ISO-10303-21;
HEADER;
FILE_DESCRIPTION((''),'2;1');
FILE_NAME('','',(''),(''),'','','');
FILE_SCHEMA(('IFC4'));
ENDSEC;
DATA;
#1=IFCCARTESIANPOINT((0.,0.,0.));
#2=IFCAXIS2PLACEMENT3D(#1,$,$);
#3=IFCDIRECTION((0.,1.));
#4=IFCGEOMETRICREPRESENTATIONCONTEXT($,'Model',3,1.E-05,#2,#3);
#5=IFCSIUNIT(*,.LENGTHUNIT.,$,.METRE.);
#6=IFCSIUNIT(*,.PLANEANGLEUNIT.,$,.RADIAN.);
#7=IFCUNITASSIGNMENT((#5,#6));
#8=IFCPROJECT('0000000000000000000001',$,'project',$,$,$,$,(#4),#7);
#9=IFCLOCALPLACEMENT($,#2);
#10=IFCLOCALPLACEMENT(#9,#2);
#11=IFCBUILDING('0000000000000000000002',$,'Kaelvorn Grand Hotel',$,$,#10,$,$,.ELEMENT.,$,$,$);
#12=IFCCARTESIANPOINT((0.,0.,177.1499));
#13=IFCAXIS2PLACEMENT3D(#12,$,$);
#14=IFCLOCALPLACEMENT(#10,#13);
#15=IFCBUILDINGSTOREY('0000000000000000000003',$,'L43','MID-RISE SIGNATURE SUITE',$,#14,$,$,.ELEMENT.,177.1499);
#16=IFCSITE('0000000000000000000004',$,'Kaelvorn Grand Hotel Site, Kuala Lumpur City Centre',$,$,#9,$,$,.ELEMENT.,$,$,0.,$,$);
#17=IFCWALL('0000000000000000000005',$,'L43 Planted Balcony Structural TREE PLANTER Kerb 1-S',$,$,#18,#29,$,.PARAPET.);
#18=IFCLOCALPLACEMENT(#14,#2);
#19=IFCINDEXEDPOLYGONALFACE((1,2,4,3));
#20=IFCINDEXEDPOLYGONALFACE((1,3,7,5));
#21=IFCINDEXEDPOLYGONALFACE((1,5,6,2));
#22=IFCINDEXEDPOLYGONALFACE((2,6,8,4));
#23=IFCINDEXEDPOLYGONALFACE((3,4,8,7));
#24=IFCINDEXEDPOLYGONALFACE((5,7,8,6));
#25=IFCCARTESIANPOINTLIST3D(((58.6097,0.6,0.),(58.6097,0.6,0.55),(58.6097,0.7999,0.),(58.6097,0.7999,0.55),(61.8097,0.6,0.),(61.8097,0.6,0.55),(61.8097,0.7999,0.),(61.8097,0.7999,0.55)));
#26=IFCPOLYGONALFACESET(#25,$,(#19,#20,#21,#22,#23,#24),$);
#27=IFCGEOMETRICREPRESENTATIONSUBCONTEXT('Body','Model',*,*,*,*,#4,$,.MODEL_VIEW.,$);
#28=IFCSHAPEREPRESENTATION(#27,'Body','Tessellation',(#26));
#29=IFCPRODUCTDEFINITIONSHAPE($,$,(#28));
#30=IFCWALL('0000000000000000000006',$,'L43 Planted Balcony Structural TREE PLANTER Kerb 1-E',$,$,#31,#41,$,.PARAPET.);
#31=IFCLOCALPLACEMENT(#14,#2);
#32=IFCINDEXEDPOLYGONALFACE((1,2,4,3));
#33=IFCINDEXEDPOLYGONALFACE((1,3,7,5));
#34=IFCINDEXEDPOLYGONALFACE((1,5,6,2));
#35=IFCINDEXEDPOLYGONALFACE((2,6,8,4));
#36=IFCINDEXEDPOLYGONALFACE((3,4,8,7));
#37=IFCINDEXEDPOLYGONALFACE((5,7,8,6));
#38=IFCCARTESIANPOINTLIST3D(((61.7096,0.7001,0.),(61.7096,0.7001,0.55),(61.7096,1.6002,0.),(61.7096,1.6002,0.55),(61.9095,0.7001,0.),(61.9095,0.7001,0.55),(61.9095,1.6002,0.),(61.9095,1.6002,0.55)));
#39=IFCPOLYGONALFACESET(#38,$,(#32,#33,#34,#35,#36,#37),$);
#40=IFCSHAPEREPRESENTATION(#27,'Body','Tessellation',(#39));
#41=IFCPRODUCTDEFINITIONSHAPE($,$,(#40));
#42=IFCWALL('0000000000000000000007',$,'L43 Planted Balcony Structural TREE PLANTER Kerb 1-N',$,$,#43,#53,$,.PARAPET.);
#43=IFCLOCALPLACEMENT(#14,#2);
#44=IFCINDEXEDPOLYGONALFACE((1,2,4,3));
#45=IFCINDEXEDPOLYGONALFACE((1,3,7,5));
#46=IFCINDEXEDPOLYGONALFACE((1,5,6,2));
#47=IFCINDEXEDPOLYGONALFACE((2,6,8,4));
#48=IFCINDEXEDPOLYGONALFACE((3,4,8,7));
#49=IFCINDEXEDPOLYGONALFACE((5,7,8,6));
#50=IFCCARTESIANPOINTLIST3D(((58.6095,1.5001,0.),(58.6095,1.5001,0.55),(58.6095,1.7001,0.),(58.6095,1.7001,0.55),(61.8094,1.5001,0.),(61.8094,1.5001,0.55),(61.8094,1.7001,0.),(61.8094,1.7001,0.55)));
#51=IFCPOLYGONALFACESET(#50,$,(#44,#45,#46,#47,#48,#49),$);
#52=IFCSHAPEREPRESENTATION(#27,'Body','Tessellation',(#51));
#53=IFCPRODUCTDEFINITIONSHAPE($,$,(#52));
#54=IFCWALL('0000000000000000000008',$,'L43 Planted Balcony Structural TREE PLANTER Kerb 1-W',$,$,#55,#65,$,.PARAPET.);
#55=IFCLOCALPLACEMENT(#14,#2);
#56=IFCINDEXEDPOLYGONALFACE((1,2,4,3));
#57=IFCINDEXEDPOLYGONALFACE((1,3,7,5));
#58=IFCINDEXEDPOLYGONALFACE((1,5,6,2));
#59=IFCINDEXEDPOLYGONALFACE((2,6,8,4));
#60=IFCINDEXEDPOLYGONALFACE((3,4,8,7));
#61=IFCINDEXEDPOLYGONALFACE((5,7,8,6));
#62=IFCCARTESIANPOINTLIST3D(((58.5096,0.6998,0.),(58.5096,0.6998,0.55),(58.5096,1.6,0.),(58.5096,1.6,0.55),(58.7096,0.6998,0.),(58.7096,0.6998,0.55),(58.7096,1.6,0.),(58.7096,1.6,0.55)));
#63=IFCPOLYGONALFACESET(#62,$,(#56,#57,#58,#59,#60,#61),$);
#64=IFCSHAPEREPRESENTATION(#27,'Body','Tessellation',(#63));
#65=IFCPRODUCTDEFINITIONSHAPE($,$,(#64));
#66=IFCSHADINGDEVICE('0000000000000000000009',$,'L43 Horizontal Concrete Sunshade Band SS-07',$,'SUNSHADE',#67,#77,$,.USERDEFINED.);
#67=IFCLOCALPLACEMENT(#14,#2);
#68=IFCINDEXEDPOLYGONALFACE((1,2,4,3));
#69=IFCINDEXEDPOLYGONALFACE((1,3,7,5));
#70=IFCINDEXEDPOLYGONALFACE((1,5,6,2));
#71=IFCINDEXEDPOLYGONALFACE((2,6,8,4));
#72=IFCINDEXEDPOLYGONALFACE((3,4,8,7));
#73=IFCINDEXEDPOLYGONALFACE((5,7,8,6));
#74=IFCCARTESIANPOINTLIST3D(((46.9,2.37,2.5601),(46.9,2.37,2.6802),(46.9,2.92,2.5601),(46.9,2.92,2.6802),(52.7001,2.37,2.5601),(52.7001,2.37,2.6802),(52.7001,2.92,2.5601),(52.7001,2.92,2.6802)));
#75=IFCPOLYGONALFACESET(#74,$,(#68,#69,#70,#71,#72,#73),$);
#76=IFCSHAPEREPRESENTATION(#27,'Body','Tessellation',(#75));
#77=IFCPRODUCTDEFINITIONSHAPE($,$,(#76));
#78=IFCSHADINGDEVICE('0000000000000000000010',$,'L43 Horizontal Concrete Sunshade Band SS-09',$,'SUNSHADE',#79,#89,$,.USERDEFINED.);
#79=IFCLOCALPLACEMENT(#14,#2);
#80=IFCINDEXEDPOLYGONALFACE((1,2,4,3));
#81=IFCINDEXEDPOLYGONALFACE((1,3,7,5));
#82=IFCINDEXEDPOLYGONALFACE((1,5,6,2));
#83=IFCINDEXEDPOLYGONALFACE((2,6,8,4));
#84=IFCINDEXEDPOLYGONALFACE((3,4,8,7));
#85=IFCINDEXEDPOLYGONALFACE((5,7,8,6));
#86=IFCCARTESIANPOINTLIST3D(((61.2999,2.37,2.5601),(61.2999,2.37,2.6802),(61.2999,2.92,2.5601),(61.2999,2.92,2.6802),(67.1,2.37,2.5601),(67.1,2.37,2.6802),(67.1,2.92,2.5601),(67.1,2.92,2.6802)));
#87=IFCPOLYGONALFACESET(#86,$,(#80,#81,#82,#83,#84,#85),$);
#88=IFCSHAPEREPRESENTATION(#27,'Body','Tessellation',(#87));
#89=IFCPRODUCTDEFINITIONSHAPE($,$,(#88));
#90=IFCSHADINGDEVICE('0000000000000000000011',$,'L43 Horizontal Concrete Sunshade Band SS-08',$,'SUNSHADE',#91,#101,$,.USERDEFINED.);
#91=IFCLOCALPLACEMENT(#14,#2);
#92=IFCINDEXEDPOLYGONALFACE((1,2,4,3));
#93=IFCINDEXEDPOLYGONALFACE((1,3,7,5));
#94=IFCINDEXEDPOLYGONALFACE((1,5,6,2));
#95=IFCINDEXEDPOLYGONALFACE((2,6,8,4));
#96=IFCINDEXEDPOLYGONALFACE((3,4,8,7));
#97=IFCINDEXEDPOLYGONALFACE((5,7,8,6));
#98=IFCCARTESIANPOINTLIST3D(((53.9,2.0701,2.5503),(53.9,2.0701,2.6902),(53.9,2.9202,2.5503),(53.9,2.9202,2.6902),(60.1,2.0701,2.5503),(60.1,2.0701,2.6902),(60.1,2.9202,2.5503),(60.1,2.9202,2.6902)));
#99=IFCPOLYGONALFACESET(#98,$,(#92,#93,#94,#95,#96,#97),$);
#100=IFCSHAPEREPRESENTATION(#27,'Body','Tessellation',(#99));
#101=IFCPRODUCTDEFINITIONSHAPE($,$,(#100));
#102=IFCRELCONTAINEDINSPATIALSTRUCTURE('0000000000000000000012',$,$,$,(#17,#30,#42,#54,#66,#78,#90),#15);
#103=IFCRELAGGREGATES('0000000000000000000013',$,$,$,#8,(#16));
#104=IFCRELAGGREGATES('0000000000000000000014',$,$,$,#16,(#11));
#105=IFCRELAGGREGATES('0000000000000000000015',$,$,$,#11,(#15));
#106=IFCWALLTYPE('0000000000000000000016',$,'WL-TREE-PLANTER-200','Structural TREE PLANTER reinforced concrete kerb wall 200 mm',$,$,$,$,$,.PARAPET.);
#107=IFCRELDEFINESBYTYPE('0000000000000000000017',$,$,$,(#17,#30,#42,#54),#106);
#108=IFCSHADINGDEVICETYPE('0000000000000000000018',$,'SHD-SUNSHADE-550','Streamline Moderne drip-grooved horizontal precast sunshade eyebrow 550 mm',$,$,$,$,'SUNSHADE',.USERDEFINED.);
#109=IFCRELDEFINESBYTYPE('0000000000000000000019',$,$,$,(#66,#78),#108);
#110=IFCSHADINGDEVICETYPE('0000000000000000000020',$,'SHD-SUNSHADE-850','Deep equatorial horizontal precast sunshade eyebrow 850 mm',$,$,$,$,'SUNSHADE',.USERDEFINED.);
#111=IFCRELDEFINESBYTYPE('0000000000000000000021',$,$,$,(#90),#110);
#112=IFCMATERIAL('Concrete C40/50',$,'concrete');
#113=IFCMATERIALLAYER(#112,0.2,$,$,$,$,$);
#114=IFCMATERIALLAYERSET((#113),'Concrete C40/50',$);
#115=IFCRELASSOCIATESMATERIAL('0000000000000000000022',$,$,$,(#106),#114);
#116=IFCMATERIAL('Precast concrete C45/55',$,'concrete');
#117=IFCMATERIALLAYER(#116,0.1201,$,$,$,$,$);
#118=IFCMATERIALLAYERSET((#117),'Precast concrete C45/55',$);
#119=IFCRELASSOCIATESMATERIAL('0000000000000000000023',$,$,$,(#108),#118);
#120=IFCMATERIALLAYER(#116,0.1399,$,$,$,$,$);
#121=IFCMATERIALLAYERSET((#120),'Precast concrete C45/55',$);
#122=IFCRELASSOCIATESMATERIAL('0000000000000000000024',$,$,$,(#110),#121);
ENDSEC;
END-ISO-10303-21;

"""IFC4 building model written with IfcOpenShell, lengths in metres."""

from ifc_helpers import new_model, si_unit, direction, frame, frame_2d, origin, origin_2d, place, context, subcontext, project, spatial, rectangle, extrude, material, layer, layer_set, type_object, element, save


model = new_model("IFC4")

# Units and contexts
model_context = context("Model", 3, precision=1e-05, world=origin(), true_north=direction((0.0, 1.0)))
body_context = subcontext(model_context, "Body", "Model", "MODEL_VIEW")
ifc_project = project(units=[si_unit("LENGTHUNIT", "METRE"), si_unit("PLANEANGLEUNIT", "RADIAN")], contexts=[model_context])

# Site, building, storey
site_placement = place(None, origin())
site = spatial("IfcSite", under=ifc_project, at=site_placement, Name="Kaelvorn Grand Hotel Site, Kuala Lumpur City Centre", CompositionType="ELEMENT", RefElevation=0.0)
building_placement = place(site_placement, origin())
building = spatial("IfcBuilding", under=site, at=building_placement, Name="Kaelvorn Grand Hotel", CompositionType="ELEMENT")
storey_placement = place(building_placement, frame((0.0, 0.0, 177.1499)))
storey = spatial("IfcBuildingStorey", under=building, at=storey_placement, Name="L43", Description="MID-RISE SIGNATURE SUITE", CompositionType="ELEMENT", Elevation=177.1499)

# Shared definitions
ifc_material_1 = material(Name="Concrete C40/50", Category="concrete")

# Walls
ifc_layer_1 = layer(ifc_material_1, 0.2)
ifc_layer_set_1 = layer_set([ifc_layer_1], Name="Concrete C40/50")
wall_type_1 = type_object("IfcWallType", Name="WL-TREE-PLANTER-200", Description="Structural TREE PLANTER reinforced concrete kerb wall 200 mm", PredefinedType="PARAPET", material=ifc_layer_set_1)
wall_1_placement = place(storey_placement, frame((58.6096, 0.7, 0.0), z_axis=(0.0, 0.0, 1.0), x_axis=(1.0, 0.0, 0.0)))
element("IfcWall", 1, at=wall_1_placement, inside=storey, type_object=wall_type_1, Name="L43 Planted Balcony Structural TREE PLANTER Kerb 1-S", PredefinedType="PARAPET", context=body_context, shape_type="SweptSolid", body=[
    extrude(rectangle(XDim=3.2, YDim=0.2, at=frame_2d((1.6001, 0.0))), origin(), (0.0, 0.0, 1.0), 0.55),
])
wall_2_placement = place(storey_placement, frame((61.8096, 0.7, 0.0), z_axis=(0.0, 0.0, 1.0), x_axis=(0.0, 1.0, 0.0)))
element("IfcWall", 2, at=wall_2_placement, inside=storey, type_object=wall_type_1, Name="L43 Planted Balcony Structural TREE PLANTER Kerb 1-E", PredefinedType="PARAPET", context=body_context, shape_type="SweptSolid", body=[
    extrude(rectangle(XDim=0.9001, YDim=0.2, at=frame_2d((0.4502, 0.0))), origin(), (0.0, 0.0, 1.0), 0.55),
])
wall_3_placement = place(storey_placement, frame((61.8096, 1.6001, 0.0), z_axis=(0.0, 0.0, 1.0), x_axis=(-1.0, 0.0, 0.0)))
element("IfcWall", 3, at=wall_3_placement, inside=storey, type_object=wall_type_1, Name="L43 Planted Balcony Structural TREE PLANTER Kerb 1-N", PredefinedType="PARAPET", context=body_context, shape_type="SweptSolid", body=[
    extrude(rectangle(XDim=3.2, YDim=0.2, at=frame_2d((1.6001, 0.0))), origin(), (0.0, 0.0, 1.0), 0.55),
])
wall_4_placement = place(storey_placement, frame((58.6096, 1.6001, 0.0), z_axis=(0.0, 0.0, 1.0), x_axis=(0.0, -1.0, 0.0)))
element("IfcWall", 4, at=wall_4_placement, inside=storey, type_object=wall_type_1, Name="L43 Planted Balcony Structural TREE PLANTER Kerb 1-W", PredefinedType="PARAPET", context=body_context, shape_type="SweptSolid", body=[
    extrude(rectangle(XDim=0.9001, YDim=0.2, at=frame_2d((0.4502, 0.0))), origin(), (0.0, 0.0, 1.0), 0.55),
])

# Shading devices
ifc_material_2 = material(Name="Precast concrete C45/55", Category="concrete")
ifc_layer_2 = layer(ifc_material_2, 0.1201)
ifc_layer_set_2 = layer_set([ifc_layer_2], Name="Precast concrete C45/55")
shading_device_type_1 = type_object("IfcShadingDeviceType", Name="SHD-SUNSHADE-550", Description="Streamline Moderne drip-grooved horizontal precast sunshade eyebrow 550 mm", ElementType="SUNSHADE", PredefinedType="USERDEFINED", material=ifc_layer_set_2)
for number, where, z_axis, x_axis, name in (
    (5, (49.8, 2.645, 2.5601), (0.0, 0.0, 1.0), (1.0, 0.0, 0.0), "L43 Horizontal Concrete Sunshade Band SS-07"),
    (6, (64.2, 2.645, 2.5601), (0.0, 0.0, 1.0), (1.0, 0.0, 0.0), "L43 Horizontal Concrete Sunshade Band SS-09"),
):
    element("IfcShadingDevice", number, at=place(storey_placement, frame(where, z_axis=z_axis, x_axis=x_axis)), inside=storey, type_object=shading_device_type_1, Name=name, ObjectType="SUNSHADE", PredefinedType="USERDEFINED", context=body_context, shape_type="SweptSolid", body=[
        extrude(rectangle(XDim=5.8, YDim=0.55, at=origin_2d()), origin(), (0.0, 0.0, 1.0), 0.1201),
    ])
ifc_layer_3 = layer(ifc_material_2, 0.1399)
ifc_layer_set_3 = layer_set([ifc_layer_3], Name="Precast concrete C45/55")
shading_device_type_2 = type_object("IfcShadingDeviceType", Name="SHD-SUNSHADE-850", Description="Deep equatorial horizontal precast sunshade eyebrow 850 mm", ElementType="SUNSHADE", PredefinedType="USERDEFINED", material=ifc_layer_set_3)
shading_device_placement = place(storey_placement, frame((57.0, 2.4951, 2.5503), z_axis=(0.0, 0.0, 1.0), x_axis=(1.0, 0.0, 0.0)))
element("IfcShadingDevice", 7, at=shading_device_placement, inside=storey, type_object=shading_device_type_2, Name="L43 Horizontal Concrete Sunshade Band SS-08", ObjectType="SUNSHADE", PredefinedType="USERDEFINED", context=body_context, shape_type="SweptSolid", body=[
    extrude(rectangle(XDim=6.2, YDim=0.8501, at=origin_2d()), origin(), (0.0, 0.0, 1.0), 0.1399),
])

save(model, "model.ifc")
